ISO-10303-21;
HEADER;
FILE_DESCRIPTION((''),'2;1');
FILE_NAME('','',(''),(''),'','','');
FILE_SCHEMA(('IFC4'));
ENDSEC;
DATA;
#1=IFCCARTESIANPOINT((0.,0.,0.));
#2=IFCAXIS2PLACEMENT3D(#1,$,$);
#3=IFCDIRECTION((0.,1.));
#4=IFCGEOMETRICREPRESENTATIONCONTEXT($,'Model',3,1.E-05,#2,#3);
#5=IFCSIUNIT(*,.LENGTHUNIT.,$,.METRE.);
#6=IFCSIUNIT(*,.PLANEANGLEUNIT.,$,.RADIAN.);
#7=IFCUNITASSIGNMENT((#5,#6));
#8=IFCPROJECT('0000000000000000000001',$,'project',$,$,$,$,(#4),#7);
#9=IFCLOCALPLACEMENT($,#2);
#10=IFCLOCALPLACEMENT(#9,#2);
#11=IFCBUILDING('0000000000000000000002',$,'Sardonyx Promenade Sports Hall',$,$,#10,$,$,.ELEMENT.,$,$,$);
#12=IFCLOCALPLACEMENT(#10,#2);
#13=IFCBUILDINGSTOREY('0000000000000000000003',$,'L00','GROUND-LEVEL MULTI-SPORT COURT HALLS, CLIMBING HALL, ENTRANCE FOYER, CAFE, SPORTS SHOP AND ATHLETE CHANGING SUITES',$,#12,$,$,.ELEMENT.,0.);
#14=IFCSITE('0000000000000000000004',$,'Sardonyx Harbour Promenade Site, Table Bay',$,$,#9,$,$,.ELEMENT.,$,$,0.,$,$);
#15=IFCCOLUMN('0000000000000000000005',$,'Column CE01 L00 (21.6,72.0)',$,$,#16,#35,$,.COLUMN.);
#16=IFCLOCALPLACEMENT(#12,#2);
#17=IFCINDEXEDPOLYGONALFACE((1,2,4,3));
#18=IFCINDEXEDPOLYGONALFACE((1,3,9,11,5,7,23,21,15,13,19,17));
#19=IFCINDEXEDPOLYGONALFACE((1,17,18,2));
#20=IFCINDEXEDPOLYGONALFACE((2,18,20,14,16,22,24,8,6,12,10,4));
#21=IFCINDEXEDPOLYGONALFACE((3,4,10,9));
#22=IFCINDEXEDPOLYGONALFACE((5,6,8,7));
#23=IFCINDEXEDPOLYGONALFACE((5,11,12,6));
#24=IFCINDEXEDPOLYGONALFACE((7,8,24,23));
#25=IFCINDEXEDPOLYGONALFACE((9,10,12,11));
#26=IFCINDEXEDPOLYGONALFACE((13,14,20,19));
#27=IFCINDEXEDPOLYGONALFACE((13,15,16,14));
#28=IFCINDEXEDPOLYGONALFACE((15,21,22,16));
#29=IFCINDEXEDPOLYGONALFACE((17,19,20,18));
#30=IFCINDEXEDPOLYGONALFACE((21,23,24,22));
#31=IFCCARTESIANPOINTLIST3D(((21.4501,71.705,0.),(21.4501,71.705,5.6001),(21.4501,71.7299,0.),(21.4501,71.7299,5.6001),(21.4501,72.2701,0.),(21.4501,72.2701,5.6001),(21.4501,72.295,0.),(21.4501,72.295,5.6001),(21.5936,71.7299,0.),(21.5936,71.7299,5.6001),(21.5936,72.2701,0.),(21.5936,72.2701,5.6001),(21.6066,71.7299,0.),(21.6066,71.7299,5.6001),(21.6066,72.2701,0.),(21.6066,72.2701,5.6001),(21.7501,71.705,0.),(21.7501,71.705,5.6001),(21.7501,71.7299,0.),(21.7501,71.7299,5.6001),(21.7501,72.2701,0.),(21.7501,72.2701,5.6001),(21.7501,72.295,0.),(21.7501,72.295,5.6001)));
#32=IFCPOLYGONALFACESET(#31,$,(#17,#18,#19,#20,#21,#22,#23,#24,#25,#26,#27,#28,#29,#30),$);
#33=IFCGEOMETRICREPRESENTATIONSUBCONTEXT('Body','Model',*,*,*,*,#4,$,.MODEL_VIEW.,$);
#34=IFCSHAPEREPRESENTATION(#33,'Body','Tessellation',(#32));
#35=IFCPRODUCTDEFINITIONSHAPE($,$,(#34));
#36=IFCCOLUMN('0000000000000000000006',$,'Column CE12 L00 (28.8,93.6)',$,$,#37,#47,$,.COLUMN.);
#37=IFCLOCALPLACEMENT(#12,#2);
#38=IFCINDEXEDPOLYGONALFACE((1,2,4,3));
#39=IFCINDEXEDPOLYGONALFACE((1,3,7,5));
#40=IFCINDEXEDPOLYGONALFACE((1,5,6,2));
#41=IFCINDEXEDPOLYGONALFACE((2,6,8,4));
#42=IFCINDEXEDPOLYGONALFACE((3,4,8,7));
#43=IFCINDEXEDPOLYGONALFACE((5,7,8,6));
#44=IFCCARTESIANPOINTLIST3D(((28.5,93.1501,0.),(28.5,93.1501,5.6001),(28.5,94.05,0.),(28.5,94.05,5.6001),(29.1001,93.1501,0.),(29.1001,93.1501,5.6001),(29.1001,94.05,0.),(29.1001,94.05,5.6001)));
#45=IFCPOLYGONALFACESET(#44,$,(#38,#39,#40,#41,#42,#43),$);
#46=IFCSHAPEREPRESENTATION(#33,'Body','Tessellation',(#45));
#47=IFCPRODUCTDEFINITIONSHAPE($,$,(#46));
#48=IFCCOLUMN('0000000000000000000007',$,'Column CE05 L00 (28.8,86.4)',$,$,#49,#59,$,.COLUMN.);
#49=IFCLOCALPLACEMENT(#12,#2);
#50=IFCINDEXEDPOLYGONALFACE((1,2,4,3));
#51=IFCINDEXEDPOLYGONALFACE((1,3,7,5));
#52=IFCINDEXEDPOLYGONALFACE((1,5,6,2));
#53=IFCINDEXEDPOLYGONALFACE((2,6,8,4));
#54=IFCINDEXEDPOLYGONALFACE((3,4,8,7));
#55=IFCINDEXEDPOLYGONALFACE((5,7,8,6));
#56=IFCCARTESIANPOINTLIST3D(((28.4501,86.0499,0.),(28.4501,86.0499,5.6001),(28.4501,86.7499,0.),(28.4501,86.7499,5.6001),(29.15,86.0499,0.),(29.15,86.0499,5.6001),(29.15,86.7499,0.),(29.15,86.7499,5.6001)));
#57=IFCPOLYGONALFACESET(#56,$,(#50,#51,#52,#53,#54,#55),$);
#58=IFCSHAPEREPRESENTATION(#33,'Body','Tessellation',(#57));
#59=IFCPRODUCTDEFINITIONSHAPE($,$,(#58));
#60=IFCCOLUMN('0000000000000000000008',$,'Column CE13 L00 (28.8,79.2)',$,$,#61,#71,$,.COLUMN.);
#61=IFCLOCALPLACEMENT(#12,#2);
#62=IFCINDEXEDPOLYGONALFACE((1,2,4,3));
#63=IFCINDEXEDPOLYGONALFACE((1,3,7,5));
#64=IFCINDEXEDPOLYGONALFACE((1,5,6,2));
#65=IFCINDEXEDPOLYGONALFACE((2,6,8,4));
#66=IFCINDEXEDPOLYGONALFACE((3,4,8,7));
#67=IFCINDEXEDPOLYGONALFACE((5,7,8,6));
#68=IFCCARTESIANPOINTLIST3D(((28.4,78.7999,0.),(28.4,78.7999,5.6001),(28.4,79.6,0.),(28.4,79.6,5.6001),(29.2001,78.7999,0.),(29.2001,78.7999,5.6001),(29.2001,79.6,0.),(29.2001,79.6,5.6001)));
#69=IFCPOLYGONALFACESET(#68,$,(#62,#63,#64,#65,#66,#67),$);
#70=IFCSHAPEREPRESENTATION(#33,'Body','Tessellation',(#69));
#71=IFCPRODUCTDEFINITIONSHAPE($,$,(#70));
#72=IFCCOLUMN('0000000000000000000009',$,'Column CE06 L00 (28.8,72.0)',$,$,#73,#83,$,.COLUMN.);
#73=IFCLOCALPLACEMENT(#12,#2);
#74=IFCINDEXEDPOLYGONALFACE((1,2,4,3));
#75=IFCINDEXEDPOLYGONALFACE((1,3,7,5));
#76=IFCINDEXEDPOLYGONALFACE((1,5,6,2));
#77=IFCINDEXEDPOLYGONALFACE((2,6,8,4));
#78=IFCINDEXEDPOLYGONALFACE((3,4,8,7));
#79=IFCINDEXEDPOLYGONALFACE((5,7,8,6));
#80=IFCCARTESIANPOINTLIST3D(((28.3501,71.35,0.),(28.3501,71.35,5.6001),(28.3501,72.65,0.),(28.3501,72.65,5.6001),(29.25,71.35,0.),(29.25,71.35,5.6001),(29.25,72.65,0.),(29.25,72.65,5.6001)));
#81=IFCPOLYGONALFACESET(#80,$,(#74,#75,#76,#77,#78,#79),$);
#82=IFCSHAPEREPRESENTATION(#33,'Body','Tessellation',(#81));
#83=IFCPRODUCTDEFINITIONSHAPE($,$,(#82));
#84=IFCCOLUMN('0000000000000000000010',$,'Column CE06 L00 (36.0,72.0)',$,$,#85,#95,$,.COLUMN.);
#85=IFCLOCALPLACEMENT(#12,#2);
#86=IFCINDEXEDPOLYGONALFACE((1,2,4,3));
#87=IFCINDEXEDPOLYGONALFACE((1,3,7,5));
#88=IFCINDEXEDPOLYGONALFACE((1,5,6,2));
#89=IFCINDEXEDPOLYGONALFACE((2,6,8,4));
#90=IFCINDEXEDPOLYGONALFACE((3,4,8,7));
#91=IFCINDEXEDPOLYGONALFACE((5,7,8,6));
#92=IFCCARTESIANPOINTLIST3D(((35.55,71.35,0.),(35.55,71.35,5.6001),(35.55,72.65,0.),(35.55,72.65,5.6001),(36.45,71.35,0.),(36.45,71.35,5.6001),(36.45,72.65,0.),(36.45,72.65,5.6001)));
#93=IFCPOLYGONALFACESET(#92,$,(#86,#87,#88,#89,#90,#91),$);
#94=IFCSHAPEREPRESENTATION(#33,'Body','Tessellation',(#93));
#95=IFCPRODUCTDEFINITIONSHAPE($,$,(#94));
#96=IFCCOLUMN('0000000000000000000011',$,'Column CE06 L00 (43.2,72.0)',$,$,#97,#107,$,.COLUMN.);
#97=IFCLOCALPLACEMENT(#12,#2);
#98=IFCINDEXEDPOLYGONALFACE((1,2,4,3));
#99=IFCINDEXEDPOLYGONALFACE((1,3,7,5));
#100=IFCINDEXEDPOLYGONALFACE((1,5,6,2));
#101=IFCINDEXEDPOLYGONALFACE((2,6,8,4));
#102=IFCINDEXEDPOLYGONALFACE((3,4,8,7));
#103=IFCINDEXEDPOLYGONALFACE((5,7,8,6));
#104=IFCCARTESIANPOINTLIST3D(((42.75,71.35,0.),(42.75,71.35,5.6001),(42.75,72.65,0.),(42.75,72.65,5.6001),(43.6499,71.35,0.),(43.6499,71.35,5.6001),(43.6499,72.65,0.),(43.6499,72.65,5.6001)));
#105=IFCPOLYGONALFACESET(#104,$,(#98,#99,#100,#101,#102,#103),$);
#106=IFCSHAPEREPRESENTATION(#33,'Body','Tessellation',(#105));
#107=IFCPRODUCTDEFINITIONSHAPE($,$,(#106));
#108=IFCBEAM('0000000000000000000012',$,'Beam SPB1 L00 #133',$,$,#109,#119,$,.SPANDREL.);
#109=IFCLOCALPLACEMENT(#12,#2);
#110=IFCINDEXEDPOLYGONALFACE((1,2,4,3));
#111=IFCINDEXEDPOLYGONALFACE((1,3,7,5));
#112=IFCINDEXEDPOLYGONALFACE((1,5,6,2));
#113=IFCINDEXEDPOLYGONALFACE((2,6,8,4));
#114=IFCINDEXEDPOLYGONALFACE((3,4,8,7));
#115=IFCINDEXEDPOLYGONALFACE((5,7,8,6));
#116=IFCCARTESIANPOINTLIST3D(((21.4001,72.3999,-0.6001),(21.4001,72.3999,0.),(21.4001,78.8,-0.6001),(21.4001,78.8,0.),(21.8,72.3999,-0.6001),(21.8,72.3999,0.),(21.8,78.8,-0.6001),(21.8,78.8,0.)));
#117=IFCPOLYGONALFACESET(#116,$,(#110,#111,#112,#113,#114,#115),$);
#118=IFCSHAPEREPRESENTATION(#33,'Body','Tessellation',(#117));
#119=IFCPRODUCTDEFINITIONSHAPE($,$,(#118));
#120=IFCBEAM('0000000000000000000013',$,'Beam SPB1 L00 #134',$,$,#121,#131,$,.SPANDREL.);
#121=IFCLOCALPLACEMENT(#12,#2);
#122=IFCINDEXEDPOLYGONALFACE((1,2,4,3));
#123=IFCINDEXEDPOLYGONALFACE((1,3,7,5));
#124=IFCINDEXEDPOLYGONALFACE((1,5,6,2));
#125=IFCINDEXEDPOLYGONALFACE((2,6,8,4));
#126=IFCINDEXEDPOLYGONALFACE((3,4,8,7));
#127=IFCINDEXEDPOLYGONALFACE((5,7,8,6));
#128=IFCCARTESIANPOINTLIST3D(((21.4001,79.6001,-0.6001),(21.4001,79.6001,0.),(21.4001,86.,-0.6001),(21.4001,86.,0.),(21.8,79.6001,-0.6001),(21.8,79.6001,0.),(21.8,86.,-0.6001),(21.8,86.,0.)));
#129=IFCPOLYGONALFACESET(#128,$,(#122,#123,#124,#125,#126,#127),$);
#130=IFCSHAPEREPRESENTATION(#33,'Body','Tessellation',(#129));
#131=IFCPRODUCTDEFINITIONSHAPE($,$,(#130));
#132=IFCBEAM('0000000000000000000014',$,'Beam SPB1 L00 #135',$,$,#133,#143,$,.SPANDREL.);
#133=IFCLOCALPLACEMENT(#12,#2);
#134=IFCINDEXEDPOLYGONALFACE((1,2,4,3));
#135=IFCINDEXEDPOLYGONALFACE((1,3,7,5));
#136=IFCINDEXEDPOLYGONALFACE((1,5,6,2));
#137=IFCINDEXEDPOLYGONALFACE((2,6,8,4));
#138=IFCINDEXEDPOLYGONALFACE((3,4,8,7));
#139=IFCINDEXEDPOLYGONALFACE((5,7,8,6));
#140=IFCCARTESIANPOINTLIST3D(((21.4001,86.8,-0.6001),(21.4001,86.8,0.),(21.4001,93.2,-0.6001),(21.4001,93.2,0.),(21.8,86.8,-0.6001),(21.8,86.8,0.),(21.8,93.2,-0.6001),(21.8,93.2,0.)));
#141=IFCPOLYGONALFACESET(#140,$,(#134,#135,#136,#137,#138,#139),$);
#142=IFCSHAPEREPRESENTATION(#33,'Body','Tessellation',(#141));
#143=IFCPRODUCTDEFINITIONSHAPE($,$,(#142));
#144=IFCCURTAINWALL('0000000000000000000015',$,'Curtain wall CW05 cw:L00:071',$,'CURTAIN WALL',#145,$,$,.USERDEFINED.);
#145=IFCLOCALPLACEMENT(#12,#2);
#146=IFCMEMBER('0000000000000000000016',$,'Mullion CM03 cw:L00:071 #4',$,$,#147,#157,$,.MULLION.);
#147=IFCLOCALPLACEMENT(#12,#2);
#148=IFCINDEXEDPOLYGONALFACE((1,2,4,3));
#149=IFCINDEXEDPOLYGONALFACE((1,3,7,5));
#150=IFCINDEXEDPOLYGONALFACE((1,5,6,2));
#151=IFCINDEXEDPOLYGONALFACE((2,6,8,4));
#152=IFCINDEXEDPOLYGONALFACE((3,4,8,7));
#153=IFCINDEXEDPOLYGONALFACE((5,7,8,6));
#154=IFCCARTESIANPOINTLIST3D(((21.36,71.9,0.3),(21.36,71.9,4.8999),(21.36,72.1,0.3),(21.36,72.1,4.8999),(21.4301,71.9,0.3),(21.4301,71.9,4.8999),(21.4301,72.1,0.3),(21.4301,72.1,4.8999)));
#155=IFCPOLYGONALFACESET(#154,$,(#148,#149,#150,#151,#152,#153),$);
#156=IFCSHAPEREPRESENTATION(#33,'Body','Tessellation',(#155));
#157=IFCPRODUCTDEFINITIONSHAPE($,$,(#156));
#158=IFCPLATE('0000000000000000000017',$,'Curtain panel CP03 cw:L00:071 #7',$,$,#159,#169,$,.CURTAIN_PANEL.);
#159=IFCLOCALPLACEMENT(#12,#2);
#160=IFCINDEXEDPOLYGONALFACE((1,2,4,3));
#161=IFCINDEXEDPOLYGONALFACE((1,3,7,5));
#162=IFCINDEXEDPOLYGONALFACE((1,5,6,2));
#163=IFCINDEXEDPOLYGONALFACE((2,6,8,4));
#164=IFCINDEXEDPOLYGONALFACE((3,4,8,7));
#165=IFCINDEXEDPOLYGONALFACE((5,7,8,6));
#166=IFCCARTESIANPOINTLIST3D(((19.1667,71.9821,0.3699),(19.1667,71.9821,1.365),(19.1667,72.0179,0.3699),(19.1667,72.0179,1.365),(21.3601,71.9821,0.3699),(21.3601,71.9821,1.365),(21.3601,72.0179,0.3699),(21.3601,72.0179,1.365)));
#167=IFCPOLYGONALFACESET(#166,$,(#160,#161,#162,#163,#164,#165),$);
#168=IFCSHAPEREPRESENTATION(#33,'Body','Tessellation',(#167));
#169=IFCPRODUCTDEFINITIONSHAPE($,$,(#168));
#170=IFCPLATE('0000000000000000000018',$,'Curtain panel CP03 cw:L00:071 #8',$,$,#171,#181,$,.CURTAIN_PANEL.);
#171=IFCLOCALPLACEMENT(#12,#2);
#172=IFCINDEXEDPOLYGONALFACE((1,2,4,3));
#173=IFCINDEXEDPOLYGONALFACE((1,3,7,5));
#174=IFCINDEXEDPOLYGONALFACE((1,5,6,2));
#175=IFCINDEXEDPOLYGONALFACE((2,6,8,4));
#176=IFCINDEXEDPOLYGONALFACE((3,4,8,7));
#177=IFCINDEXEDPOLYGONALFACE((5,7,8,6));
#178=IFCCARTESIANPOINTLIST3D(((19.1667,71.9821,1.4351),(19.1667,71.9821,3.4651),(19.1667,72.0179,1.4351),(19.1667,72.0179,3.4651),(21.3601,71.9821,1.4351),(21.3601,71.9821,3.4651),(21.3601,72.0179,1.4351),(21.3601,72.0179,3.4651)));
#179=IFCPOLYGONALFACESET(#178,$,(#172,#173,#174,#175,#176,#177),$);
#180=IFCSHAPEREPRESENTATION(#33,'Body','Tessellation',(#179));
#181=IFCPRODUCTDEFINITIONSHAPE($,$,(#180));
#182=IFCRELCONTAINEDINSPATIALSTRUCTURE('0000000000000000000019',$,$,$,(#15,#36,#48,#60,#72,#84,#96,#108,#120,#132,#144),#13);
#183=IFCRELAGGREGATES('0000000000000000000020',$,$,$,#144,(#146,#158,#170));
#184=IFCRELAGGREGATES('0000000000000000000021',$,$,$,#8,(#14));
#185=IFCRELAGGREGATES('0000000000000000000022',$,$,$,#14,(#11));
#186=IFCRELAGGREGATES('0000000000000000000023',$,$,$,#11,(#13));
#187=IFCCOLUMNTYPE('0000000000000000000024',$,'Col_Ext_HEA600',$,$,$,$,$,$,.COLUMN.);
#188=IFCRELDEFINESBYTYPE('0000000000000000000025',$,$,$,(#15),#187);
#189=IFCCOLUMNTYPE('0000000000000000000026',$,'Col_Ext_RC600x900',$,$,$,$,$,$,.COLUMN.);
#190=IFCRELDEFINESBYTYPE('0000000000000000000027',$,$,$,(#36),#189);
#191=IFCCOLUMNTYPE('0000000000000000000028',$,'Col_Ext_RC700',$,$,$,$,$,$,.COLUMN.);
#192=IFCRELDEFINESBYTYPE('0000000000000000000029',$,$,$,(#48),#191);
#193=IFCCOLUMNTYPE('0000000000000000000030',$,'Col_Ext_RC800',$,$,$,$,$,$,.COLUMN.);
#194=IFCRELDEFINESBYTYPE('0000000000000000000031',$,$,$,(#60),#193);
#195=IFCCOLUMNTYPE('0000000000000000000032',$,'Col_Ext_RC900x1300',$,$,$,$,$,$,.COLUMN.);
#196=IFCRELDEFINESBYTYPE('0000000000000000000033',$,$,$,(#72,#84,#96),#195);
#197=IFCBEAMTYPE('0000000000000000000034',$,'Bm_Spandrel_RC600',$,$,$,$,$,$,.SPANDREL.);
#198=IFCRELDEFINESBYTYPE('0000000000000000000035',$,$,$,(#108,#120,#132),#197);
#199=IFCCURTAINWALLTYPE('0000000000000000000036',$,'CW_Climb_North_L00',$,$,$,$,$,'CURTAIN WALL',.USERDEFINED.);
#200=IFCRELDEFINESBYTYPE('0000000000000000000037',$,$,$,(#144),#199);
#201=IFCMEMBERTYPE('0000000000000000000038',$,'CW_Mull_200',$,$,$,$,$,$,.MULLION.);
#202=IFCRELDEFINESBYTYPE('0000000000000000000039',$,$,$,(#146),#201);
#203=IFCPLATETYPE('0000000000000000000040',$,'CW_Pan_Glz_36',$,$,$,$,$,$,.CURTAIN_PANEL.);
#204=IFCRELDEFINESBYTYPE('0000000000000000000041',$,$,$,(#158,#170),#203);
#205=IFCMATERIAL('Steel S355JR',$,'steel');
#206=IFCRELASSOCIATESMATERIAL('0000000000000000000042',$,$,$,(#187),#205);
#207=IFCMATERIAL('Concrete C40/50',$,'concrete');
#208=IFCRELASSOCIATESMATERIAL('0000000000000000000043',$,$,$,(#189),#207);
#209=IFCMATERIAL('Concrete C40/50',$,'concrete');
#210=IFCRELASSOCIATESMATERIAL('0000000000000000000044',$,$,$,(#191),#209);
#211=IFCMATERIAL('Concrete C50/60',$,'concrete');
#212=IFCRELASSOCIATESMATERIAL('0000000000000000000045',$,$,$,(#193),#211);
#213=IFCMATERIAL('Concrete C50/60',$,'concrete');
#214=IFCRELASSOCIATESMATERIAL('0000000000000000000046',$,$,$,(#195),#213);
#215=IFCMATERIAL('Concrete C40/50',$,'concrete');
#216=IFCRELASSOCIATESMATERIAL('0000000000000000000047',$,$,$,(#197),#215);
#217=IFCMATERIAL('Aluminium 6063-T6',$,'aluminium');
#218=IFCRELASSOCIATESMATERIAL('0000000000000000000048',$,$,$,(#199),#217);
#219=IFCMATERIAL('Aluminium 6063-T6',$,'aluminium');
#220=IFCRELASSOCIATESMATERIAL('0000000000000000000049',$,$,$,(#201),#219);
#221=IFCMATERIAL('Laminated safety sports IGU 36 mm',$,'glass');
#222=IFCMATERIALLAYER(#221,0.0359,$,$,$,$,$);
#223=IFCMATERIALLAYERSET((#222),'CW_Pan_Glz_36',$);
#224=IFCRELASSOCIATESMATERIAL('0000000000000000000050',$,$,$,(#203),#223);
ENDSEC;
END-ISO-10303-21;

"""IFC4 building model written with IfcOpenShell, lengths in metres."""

from ifc_helpers import new_model, si_unit, direction, frame, origin, origin_2d, place, context, subcontext, project, spatial, rectangle, i_section, extrude, material, layer, layer_set, material_profile, profile_set, type_object, element, aggregate, save


model = new_model("IFC4")

# Units and contexts
model_context = context("Model", 3, precision=1e-05, world=origin(), true_north=direction((0.0, 1.0)))
body_context = subcontext(model_context, "Body", "Model", "MODEL_VIEW")
ifc_project = project(units=[si_unit("LENGTHUNIT", "METRE"), si_unit("PLANEANGLEUNIT", "RADIAN")], contexts=[model_context])

# Site, building, storey
site_placement = place(None, origin())
site = spatial("IfcSite", under=ifc_project, at=site_placement, Name="Sardonyx Harbour Promenade Site, Table Bay", CompositionType="ELEMENT", RefElevation=0.0)
building_placement = place(site_placement, origin())
building = spatial("IfcBuilding", under=site, at=building_placement, Name="Sardonyx Promenade Sports Hall", CompositionType="ELEMENT")
storey_placement = place(building_placement, origin())
storey = spatial("IfcBuildingStorey", under=building, at=storey_placement, Name="L00", Description="GROUND-LEVEL MULTI-SPORT COURT HALLS, CLIMBING HALL, ENTRANCE FOYER, CAFE, SPORTS SHOP AND ATHLETE CHANGING SUITES", CompositionType="ELEMENT", Elevation=0.0)

# Columns
ifc_material_1 = material(Name="Steel S355JR", Category="steel")
ifc_material_profile_1 = material_profile(ifc_material_1, i_section(OverallWidth=0.3, OverallDepth=0.5901, WebThickness=0.0129, FlangeThickness=0.0249, at=origin_2d()))
ifc_profile_set_1 = profile_set([ifc_material_profile_1], Name="Steel S355JR")
column_type_1 = type_object("IfcColumnType", Name="Col_Ext_HEA600", PredefinedType="COLUMN", material=ifc_profile_set_1)
column_1_placement = place(storey_placement, frame((21.6001, 72.0, 0.0), z_axis=(0.0, 0.0, 1.0), x_axis=(1.0, 0.0, 0.0)))
element("IfcColumn", 1, at=column_1_placement, inside=storey, type_object=column_type_1, Name="Column CE01 L00 (21.6,72.0)", PredefinedType="COLUMN", context=body_context, shape_type="SweptSolid", body=[
    extrude(i_section(OverallWidth=0.3, OverallDepth=0.5901, WebThickness=0.0129, FlangeThickness=0.0249, at=origin_2d()), origin(), (0.0, 0.0, 1.0), 5.6001),
])
ifc_material_2 = material(Name="Concrete C40/50", Category="concrete")
ifc_material_profile_2 = material_profile(ifc_material_2, rectangle(XDim=0.6001, YDim=0.8999, at=origin_2d()))
ifc_profile_set_2 = profile_set([ifc_material_profile_2], Name="Concrete C40/50")
column_type_2 = type_object("IfcColumnType", Name="Col_Ext_RC600x900", PredefinedType="COLUMN", material=ifc_profile_set_2)
column_2_placement = place(storey_placement, frame((28.8, 93.6001, 0.0), z_axis=(0.0, 0.0, 1.0), x_axis=(1.0, 0.0, 0.0)))
element("IfcColumn", 2, at=column_2_placement, inside=storey, type_object=column_type_2, Name="Column CE12 L00 (28.8,93.6)", PredefinedType="COLUMN", context=body_context, shape_type="SweptSolid", body=[
    extrude(rectangle(XDim=0.6001, YDim=0.8999, at=origin_2d()), origin(), (0.0, 0.0, 1.0), 5.6001),
])
ifc_material_3 = material(Name="Concrete C40/50", Category="concrete")
ifc_material_profile_3 = material_profile(ifc_material_3, rectangle(XDim=0.7, YDim=0.7, at=origin_2d()))
ifc_profile_set_3 = profile_set([ifc_material_profile_3], Name="Concrete C40/50")
column_type_3 = type_object("IfcColumnType", Name="Col_Ext_RC700", PredefinedType="COLUMN", material=ifc_profile_set_3)
column_3_placement = place(storey_placement, frame((28.8, 86.3999, 0.0), z_axis=(0.0, 0.0, 1.0), x_axis=(1.0, 0.0, 0.0)))
element("IfcColumn", 3, at=column_3_placement, inside=storey, type_object=column_type_3, Name="Column CE05 L00 (28.8,86.4)", PredefinedType="COLUMN", context=body_context, shape_type="SweptSolid", body=[
    extrude(rectangle(XDim=0.7, YDim=0.7, at=origin_2d()), origin(), (0.0, 0.0, 1.0), 5.6001),
])
ifc_material_4 = material(Name="Concrete C50/60", Category="concrete")
ifc_material_profile_4 = material_profile(ifc_material_4, rectangle(XDim=0.8, YDim=0.8, at=origin_2d()))
ifc_profile_set_4 = profile_set([ifc_material_profile_4], Name="Concrete C50/60")
column_type_4 = type_object("IfcColumnType", Name="Col_Ext_RC800", PredefinedType="COLUMN", material=ifc_profile_set_4)
column_4_placement = place(storey_placement, frame((28.8, 79.2, 0.0), z_axis=(0.0, 0.0, 1.0), x_axis=(1.0, 0.0, 0.0)))
element("IfcColumn", 4, at=column_4_placement, inside=storey, type_object=column_type_4, Name="Column CE13 L00 (28.8,79.2)", PredefinedType="COLUMN", context=body_context, shape_type="SweptSolid", body=[
    extrude(rectangle(XDim=0.8, YDim=0.8, at=origin_2d()), origin(), (0.0, 0.0, 1.0), 5.6001),
])
ifc_material_5 = material(Name="Concrete C50/60", Category="concrete")
ifc_material_profile_5 = material_profile(ifc_material_5, rectangle(XDim=0.8999, YDim=1.3, at=origin_2d()))
ifc_profile_set_5 = profile_set([ifc_material_profile_5], Name="Concrete C50/60")
column_type_5 = type_object("IfcColumnType", Name="Col_Ext_RC900x1300", PredefinedType="COLUMN", material=ifc_profile_set_5)
for number, where, z_axis, x_axis, name in (
    (5, (28.8, 72.0, 0.0), (0.0, 0.0, 1.0), (1.0, 0.0, 0.0), "Column CE06 L00 (28.8,72.0)"),
    (6, (36.0, 72.0, 0.0), (0.0, 0.0, 1.0), (1.0, 0.0, 0.0), "Column CE06 L00 (36.0,72.0)"),
    (7, (43.2, 72.0, 0.0), (0.0, 0.0, 1.0), (1.0, 0.0, 0.0), "Column CE06 L00 (43.2,72.0)"),
):
    element("IfcColumn", number, at=place(storey_placement, frame(where, z_axis=z_axis, x_axis=x_axis)), inside=storey, type_object=column_type_5, Name=name, PredefinedType="COLUMN", context=body_context, shape_type="SweptSolid", body=[
        extrude(rectangle(XDim=0.8999, YDim=1.3, at=origin_2d()), origin(), (0.0, 0.0, 1.0), 5.6001),
    ])

# Beams
ifc_material_6 = material(Name="Concrete C40/50", Category="concrete")
ifc_material_profile_6 = material_profile(ifc_material_6, rectangle(XDim=0.3999, YDim=0.6001, at=origin_2d()))
ifc_profile_set_6 = profile_set([ifc_material_profile_6], Name="Concrete C40/50")
beam_type = type_object("IfcBeamType", Name="Bm_Spandrel_RC600", PredefinedType="SPANDREL", material=ifc_profile_set_6)
beam_placement = place(storey_placement, frame((21.6001, 72.3999, -0.3), z_axis=(0.0, 1.0, 0.0), x_axis=(-1.0, 0.0, 0.0)))
element("IfcBeam", 8, at=beam_placement, inside=storey, type_object=beam_type, Name="Beam SPB1 L00 #133", PredefinedType="SPANDREL", context=body_context, shape_type="SweptSolid", body=[
    extrude(rectangle(XDim=0.3999, YDim=0.6001, at=origin_2d()), origin(), (0.0, 0.0, 1.0), 6.4001),
])
for number, where, z_axis, x_axis, name in (
    (9, (21.6001, 79.6001, -0.3), (0.0, 1.0, 0.0), (-1.0, 0.0, 0.0), "Beam SPB1 L00 #134"),
    (10, (21.6001, 86.8, -0.3), (0.0, 1.0, 0.0), (-1.0, 0.0, 0.0), "Beam SPB1 L00 #135"),
):
    element("IfcBeam", number, at=place(storey_placement, frame(where, z_axis=z_axis, x_axis=x_axis)), inside=storey, type_object=beam_type, Name=name, PredefinedType="SPANDREL", context=body_context, shape_type="SweptSolid", body=[
        extrude(rectangle(XDim=0.3999, YDim=0.6001, at=origin_2d()), origin(), (0.0, 0.0, 1.0), 6.3999),
    ])

# Curtain wall, member, plates
ifc_material_7 = material(Name="Aluminium 6063-T6", Category="aluminium")
curtain_wall_type = type_object("IfcCurtainWallType", Name="CW_Climb_North_L00", ElementType="CURTAIN WALL", PredefinedType="USERDEFINED", material=ifc_material_7)
curtain_wall_placement = place(storey_placement, origin())
curtain_wall = element("IfcCurtainWall", 11, at=curtain_wall_placement, inside=storey, type_object=curtain_wall_type, Name="Curtain wall CW05 cw:L00:071", ObjectType="CURTAIN WALL", PredefinedType="USERDEFINED")
ifc_material_8 = material(Name="Aluminium 6063-T6", Category="aluminium")
ifc_material_profile_7 = material_profile(ifc_material_8, rectangle(XDim=0.0701, YDim=0.2, at=origin_2d()))
ifc_profile_set_7 = profile_set([ifc_material_profile_7], Name="Aluminium 6063-T6")
member_type = type_object("IfcMemberType", Name="CW_Mull_200", PredefinedType="MULLION", material=ifc_profile_set_7)
member_placement = place(storey_placement, frame((21.395, 72.0, 0.3), z_axis=(0.0, 0.0, 1.0), x_axis=(1.0, 0.0, 0.0)))
member = element("IfcMember", 12, at=member_placement, type_object=member_type, Name="Mullion CM03 cw:L00:071 #4", PredefinedType="MULLION", context=body_context, shape_type="SweptSolid", body=[
    extrude(rectangle(XDim=0.0701, YDim=0.2, at=origin_2d()), origin(), (0.0, 0.0, 1.0), 4.5999),
])
ifc_material_9 = material(Name="Laminated safety sports IGU 36 mm", Category="glass")
ifc_layer_1 = layer(ifc_material_9, 0.0359)
ifc_layer_set_1 = layer_set([ifc_layer_1], Name="CW_Pan_Glz_36")
plate_type = type_object("IfcPlateType", Name="CW_Pan_Glz_36", PredefinedType="CURTAIN_PANEL", material=ifc_layer_set_1)
plate_1_placement = place(storey_placement, frame((20.2634, 72.0, 0.3699), z_axis=(0.0, 0.0, 1.0), x_axis=(1.0, 0.0, 0.0)))
plate_1 = element("IfcPlate", 13, at=plate_1_placement, type_object=plate_type, Name="Curtain panel CP03 cw:L00:071 #7", PredefinedType="CURTAIN_PANEL", context=body_context, shape_type="SweptSolid", body=[
    extrude(rectangle(XDim=2.1934, YDim=0.0359, at=origin_2d()), origin(), (0.0, 0.0, 1.0), 0.9951),
])
plate_2_placement = place(storey_placement, frame((20.2634, 72.0, 1.4351), z_axis=(0.0, 0.0, 1.0), x_axis=(1.0, 0.0, 0.0)))
plate_2 = element("IfcPlate", 14, at=plate_2_placement, type_object=plate_type, Name="Curtain panel CP03 cw:L00:071 #8", PredefinedType="CURTAIN_PANEL", context=body_context, shape_type="SweptSolid", body=[
    extrude(rectangle(XDim=2.1934, YDim=0.0359, at=origin_2d()), origin(), (0.0, 0.0, 1.0), 2.03),
])
aggregate(curtain_wall, [member, plate_1, plate_2])

save(model, "model.ifc")
